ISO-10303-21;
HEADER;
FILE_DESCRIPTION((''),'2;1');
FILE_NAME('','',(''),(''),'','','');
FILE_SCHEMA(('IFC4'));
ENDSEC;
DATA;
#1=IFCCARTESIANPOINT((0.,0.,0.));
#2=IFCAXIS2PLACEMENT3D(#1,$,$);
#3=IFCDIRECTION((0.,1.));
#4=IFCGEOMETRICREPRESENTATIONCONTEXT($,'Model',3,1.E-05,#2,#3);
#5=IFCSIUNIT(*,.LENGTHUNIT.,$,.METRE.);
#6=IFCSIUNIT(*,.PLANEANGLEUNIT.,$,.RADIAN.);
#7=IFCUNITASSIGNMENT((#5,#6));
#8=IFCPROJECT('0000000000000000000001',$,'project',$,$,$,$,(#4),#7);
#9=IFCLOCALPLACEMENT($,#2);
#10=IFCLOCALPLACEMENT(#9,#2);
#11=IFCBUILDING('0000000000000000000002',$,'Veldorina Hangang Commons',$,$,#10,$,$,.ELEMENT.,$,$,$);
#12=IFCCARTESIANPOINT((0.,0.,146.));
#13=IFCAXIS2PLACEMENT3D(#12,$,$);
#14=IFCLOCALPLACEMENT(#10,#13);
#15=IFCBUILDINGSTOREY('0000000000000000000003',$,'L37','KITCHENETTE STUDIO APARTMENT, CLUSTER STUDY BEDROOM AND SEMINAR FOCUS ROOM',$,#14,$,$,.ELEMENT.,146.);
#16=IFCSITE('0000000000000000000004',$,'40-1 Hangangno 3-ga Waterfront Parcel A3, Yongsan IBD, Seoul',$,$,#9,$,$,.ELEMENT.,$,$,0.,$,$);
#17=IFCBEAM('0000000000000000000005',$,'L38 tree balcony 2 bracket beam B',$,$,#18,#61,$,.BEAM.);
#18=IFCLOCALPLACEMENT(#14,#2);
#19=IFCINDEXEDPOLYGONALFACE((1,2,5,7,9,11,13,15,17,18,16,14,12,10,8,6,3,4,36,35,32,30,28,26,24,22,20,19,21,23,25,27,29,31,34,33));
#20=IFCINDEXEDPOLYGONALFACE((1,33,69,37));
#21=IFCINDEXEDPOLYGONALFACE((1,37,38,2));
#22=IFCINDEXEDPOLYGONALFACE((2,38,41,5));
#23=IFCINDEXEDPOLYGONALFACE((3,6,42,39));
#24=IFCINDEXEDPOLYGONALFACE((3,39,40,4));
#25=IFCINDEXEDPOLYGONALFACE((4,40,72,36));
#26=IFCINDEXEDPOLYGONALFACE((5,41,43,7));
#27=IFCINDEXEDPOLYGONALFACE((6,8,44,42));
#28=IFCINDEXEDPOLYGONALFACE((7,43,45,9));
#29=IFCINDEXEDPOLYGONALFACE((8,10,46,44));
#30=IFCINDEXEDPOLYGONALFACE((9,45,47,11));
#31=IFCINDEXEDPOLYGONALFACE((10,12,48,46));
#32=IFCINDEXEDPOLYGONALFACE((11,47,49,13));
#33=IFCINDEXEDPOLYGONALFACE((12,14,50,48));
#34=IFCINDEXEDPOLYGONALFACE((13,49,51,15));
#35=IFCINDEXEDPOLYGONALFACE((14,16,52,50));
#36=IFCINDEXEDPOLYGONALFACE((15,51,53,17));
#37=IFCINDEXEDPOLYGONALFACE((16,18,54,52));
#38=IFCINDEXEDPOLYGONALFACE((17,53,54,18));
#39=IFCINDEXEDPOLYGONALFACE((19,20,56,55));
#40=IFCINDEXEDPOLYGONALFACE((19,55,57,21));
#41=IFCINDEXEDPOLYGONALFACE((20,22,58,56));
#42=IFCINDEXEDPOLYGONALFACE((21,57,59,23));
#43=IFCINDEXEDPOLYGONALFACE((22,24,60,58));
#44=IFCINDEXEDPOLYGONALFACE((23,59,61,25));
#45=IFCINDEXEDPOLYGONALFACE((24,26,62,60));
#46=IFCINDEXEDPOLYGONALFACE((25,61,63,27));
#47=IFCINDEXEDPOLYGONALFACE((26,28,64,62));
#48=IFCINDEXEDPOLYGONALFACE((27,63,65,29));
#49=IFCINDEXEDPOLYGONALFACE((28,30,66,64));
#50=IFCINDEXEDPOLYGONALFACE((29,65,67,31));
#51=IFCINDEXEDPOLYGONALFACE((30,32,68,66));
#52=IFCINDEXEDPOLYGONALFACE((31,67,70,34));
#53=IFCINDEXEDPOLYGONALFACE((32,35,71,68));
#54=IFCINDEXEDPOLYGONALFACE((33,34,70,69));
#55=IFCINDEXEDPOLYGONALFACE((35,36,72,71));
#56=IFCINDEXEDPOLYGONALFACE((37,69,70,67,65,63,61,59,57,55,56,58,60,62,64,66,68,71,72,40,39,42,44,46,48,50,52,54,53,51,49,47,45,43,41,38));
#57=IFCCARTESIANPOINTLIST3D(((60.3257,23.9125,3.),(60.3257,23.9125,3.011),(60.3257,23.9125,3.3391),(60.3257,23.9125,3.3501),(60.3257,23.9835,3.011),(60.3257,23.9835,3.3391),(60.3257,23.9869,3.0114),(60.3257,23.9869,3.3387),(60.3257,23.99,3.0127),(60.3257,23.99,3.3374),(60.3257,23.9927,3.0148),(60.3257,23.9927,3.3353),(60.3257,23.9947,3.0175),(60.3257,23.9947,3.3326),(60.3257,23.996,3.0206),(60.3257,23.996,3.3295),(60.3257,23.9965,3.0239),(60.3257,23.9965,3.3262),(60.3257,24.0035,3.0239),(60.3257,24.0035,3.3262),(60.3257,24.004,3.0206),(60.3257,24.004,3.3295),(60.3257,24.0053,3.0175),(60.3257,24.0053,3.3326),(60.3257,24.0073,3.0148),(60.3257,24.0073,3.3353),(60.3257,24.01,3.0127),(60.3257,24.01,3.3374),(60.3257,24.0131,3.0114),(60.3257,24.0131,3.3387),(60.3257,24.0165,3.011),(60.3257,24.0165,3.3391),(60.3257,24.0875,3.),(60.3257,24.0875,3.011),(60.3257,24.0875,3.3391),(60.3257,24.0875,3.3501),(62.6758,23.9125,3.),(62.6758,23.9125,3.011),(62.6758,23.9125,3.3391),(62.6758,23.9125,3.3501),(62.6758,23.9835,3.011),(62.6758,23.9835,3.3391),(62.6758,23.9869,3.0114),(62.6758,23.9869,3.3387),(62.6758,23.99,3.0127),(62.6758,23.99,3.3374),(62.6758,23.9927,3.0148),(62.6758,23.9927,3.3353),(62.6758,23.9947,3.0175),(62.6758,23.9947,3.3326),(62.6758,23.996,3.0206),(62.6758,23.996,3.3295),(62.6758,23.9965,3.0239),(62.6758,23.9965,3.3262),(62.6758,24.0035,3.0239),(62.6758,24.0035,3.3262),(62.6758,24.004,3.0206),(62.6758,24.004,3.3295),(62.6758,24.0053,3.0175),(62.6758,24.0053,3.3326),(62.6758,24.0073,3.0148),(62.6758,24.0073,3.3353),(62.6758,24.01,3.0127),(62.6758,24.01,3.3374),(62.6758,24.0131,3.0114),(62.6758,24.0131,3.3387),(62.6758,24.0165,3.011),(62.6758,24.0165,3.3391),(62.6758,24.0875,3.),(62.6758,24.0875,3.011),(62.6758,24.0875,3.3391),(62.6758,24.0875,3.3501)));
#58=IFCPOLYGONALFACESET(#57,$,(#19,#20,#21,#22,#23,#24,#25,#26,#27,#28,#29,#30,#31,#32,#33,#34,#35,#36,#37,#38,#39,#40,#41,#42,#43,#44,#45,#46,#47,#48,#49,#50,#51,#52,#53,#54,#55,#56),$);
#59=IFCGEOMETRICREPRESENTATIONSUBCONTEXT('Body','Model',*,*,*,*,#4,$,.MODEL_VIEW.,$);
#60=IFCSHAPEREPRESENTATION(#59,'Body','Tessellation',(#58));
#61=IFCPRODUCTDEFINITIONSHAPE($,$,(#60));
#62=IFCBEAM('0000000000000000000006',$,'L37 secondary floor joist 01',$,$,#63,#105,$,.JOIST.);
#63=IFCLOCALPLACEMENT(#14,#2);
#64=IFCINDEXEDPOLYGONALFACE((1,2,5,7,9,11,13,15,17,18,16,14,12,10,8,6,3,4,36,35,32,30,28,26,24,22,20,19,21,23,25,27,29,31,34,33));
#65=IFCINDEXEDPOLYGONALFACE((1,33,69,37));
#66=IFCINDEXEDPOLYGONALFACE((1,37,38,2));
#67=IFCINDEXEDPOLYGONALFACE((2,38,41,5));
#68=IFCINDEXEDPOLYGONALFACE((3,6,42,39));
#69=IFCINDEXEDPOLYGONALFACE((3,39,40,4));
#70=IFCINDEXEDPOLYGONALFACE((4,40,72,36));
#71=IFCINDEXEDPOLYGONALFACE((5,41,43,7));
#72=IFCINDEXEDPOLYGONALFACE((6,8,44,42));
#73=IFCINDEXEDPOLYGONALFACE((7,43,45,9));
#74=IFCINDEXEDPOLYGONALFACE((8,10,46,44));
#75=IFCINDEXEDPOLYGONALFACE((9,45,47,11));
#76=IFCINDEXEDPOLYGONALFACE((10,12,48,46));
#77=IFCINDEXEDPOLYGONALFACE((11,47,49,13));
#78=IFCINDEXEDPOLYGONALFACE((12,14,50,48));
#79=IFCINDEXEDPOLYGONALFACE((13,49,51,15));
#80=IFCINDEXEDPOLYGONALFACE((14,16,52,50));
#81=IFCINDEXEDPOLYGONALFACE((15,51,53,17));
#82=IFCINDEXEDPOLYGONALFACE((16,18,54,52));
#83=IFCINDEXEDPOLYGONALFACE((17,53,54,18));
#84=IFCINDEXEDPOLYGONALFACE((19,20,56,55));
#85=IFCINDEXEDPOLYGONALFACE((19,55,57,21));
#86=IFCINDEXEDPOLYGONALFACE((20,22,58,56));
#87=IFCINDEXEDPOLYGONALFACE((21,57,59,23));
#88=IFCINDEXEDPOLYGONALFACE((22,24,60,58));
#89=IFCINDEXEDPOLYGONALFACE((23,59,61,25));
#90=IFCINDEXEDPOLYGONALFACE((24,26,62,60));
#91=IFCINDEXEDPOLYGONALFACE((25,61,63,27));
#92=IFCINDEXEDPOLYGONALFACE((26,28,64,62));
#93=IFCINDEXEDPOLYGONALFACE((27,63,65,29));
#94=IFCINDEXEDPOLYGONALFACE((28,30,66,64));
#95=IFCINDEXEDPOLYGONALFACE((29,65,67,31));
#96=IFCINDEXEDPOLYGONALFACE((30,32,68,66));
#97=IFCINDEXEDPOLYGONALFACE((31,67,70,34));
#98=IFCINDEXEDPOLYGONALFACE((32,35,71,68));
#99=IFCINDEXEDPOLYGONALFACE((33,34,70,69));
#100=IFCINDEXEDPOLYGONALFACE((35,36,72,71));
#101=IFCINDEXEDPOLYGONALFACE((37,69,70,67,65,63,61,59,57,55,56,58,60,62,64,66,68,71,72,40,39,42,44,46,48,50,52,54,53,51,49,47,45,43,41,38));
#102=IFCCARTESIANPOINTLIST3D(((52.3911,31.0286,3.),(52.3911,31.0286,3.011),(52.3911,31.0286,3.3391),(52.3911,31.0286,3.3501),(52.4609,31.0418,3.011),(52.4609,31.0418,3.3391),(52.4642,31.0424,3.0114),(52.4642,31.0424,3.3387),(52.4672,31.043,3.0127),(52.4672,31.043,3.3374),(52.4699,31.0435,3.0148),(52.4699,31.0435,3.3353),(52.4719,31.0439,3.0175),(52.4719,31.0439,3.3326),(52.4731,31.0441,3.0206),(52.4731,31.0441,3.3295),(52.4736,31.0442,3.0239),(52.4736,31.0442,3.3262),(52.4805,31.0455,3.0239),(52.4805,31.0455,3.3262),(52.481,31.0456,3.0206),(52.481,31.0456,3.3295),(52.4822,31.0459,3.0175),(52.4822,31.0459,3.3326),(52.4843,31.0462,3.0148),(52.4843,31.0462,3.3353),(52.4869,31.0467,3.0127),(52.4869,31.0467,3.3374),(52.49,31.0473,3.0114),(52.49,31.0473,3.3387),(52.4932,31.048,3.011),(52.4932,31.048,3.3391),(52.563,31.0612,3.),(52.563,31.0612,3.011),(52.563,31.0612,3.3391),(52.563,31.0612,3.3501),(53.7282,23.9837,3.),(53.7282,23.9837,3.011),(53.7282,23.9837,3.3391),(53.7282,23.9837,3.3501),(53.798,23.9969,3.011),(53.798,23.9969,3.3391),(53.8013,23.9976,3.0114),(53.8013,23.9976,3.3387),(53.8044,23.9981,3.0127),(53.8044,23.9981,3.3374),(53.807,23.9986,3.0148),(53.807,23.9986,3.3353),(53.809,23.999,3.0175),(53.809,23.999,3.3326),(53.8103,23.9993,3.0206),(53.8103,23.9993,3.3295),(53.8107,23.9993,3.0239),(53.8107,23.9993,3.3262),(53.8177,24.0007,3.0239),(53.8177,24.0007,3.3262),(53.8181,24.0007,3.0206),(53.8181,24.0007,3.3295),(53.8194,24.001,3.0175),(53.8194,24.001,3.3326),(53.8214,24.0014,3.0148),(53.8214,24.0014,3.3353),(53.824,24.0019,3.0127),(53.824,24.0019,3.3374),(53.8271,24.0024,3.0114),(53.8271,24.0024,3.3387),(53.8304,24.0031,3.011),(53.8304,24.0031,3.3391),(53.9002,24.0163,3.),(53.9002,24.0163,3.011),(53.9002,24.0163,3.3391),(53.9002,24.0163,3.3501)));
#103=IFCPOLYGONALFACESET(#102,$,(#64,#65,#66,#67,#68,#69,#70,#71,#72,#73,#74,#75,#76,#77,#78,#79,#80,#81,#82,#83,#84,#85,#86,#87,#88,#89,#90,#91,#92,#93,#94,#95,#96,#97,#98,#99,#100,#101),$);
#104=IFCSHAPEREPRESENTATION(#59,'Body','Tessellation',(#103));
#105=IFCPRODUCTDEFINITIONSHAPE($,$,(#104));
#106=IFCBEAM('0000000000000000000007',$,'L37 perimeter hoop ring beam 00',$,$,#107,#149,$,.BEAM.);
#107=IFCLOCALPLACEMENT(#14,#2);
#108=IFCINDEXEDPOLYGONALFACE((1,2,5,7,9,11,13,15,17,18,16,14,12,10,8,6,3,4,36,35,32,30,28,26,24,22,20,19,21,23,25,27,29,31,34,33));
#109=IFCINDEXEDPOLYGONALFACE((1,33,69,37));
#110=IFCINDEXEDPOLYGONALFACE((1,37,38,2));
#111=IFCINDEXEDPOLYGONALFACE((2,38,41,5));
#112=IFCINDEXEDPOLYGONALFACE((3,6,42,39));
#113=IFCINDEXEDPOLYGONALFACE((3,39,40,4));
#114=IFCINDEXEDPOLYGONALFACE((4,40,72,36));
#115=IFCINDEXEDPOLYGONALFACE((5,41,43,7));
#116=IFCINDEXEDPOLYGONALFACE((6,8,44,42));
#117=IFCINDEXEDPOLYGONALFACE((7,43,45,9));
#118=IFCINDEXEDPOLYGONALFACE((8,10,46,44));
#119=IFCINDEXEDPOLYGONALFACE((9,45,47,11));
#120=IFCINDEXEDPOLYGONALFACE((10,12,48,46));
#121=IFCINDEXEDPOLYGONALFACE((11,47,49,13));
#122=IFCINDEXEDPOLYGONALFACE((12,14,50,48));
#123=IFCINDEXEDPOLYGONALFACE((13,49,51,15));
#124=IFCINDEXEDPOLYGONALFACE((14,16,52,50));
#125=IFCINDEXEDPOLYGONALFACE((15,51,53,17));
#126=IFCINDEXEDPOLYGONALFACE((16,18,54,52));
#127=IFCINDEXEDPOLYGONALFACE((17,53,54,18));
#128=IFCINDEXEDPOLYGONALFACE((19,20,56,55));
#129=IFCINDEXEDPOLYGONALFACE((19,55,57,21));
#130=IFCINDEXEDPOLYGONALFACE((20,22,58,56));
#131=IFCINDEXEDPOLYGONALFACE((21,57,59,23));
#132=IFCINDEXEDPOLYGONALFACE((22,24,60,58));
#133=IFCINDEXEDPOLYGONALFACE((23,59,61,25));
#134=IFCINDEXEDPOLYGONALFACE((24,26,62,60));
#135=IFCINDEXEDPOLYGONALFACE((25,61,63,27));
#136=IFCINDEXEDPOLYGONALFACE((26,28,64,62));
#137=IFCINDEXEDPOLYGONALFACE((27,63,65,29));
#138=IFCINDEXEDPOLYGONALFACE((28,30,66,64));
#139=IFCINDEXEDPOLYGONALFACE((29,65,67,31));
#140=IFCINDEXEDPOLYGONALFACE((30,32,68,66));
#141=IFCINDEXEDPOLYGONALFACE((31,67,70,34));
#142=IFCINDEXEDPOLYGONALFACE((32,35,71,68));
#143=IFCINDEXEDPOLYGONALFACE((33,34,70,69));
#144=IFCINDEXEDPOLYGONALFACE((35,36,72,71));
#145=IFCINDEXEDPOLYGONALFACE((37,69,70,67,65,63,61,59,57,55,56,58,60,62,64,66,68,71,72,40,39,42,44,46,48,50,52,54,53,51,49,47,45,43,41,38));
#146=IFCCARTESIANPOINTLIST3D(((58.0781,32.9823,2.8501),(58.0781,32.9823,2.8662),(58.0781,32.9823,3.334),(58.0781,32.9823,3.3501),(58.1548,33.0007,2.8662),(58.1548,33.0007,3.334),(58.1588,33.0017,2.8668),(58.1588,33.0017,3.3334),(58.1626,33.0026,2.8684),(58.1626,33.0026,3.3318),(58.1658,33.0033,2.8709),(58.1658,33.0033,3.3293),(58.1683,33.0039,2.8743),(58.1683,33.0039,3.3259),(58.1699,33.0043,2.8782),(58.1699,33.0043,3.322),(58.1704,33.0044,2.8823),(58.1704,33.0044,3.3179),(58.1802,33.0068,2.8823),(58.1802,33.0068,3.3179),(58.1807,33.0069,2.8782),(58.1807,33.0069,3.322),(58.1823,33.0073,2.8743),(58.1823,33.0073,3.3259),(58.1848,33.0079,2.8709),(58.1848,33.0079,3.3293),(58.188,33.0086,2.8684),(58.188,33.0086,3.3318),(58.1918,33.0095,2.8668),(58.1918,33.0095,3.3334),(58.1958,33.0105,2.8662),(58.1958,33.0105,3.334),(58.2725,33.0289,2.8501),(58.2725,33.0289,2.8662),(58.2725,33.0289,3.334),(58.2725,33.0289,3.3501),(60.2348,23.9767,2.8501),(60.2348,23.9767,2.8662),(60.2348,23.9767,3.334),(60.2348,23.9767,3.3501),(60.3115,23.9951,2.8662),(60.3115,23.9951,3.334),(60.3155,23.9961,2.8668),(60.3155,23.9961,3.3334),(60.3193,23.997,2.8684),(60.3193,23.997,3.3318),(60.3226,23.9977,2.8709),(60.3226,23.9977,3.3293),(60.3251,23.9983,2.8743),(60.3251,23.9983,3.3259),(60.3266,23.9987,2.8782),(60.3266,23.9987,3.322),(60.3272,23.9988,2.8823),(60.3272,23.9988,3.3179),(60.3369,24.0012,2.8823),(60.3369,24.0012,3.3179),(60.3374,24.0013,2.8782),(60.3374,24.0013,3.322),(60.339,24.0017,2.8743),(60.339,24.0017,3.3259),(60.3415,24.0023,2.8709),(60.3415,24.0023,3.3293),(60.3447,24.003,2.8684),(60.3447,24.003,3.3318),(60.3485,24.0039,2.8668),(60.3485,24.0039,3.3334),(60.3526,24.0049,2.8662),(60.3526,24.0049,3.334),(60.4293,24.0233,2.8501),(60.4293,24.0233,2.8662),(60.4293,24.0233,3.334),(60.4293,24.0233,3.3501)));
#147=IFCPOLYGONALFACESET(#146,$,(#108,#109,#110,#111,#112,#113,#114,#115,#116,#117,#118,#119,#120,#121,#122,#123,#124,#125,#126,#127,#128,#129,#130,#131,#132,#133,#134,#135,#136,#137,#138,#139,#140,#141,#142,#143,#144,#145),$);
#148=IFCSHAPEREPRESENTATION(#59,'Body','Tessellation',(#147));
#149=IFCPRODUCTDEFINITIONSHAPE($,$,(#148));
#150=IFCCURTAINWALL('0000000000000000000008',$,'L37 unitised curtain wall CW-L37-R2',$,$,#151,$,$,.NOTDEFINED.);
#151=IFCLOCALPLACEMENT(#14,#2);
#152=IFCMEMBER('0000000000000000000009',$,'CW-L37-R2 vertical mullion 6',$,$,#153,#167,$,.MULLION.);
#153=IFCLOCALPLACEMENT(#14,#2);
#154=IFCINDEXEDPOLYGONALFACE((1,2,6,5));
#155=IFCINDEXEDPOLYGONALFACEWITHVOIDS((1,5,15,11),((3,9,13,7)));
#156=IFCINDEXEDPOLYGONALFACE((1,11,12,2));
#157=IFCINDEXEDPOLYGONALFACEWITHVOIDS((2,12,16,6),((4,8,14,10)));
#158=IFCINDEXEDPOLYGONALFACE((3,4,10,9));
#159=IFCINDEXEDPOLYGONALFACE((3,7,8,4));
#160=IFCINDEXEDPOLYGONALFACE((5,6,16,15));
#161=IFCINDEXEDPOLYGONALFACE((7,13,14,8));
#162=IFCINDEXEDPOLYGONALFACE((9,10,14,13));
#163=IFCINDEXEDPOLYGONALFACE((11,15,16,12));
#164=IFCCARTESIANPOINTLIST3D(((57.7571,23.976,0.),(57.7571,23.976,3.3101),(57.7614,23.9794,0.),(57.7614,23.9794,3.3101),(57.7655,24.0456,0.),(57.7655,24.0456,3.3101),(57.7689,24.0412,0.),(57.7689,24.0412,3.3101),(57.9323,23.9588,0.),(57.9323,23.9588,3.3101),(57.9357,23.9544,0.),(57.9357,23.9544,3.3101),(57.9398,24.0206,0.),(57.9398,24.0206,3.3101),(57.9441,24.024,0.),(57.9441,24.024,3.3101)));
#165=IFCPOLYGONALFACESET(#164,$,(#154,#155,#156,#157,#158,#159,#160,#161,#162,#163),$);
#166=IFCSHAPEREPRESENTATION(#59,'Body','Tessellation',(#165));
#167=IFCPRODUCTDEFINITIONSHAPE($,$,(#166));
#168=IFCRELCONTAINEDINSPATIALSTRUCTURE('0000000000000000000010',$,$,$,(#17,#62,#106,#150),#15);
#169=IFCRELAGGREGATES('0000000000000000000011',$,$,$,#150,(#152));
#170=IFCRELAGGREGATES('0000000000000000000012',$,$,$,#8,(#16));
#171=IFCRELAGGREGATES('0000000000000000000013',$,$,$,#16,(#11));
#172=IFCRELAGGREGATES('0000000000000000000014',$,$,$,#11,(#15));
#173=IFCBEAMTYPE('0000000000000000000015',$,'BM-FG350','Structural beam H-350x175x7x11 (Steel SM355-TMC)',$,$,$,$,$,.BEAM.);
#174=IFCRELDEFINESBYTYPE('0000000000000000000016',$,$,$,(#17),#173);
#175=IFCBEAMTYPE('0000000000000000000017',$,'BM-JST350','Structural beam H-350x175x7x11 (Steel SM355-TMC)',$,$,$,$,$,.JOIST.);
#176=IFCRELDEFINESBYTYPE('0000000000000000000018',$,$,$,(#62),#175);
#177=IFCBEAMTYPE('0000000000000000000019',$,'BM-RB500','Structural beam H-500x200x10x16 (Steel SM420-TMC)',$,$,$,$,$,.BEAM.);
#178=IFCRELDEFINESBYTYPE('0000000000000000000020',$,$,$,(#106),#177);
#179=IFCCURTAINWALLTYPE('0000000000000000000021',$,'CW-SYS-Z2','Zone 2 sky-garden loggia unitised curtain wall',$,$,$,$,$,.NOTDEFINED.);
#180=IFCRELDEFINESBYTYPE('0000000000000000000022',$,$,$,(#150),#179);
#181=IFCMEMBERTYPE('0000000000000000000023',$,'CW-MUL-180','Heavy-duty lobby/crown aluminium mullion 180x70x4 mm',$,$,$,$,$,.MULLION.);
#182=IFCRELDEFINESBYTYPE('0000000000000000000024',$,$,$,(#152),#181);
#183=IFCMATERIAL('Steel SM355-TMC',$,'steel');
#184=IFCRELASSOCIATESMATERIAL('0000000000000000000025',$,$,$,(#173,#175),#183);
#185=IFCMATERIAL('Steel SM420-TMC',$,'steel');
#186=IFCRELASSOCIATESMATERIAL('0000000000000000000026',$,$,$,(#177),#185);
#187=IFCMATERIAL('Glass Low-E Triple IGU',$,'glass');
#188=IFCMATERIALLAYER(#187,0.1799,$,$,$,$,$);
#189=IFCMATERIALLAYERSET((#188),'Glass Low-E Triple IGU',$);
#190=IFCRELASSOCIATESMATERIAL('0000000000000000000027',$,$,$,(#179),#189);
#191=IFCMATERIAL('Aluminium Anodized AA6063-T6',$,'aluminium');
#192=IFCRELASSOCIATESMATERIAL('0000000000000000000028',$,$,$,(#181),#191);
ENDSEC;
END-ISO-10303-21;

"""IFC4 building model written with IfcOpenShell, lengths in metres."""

from ifc_helpers import new_model, si_unit, direction, frame, origin, origin_2d, place, context, subcontext, project, spatial, hollow_rectangle, i_section, extrude, material, layer, layer_set, material_profile, profile_set, type_object, element, aggregate, save


model = new_model("IFC4")

# Units and contexts
model_context = context("Model", 3, precision=1e-05, world=origin(), true_north=direction((0.0, 1.0)))
body_context = subcontext(model_context, "Body", "Model", "MODEL_VIEW")
ifc_project = project(units=[si_unit("LENGTHUNIT", "METRE"), si_unit("PLANEANGLEUNIT", "RADIAN")], contexts=[model_context])

# Site, building, storey
site_placement = place(None, origin())
site = spatial("IfcSite", under=ifc_project, at=site_placement, Name="40-1 Hangangno 3-ga Waterfront Parcel A3, Yongsan IBD, Seoul", CompositionType="ELEMENT", RefElevation=0.0)
building_placement = place(site_placement, origin())
building = spatial("IfcBuilding", under=site, at=building_placement, Name="Veldorina Hangang Commons", CompositionType="ELEMENT")
storey_placement = place(building_placement, frame((0.0, 0.0, 146.0)))
storey = spatial("IfcBuildingStorey", under=building, at=storey_placement, Name="L37", Description="KITCHENETTE STUDIO APARTMENT, CLUSTER STUDY BEDROOM AND SEMINAR FOCUS ROOM", CompositionType="ELEMENT", Elevation=146.0)

# Beams
ifc_material_1 = material(Name="Steel SM355-TMC", Category="steel")
ifc_material_profile_1 = material_profile(ifc_material_1, i_section(OverallWidth=0.175, OverallDepth=0.3501, WebThickness=0.0071, FlangeThickness=0.011, FilletRadius=0.0129, at=origin_2d()), Name="H-350x175x7x11")
ifc_profile_set_1 = profile_set([ifc_material_profile_1], Name="Steel SM355-TMC")
beam_type_1 = type_object("IfcBeamType", Name="BM-FG350", Description="Structural beam H-350x175x7x11 (Steel SM355-TMC)", PredefinedType="BEAM", material=ifc_profile_set_1)
beam_1_placement = place(storey_placement, frame((60.3257, 24.0, 3.175), z_axis=(1.0, 0.0, 0.0), x_axis=(0.0, 1.0, 0.0)))
element("IfcBeam", 1, at=beam_1_placement, inside=storey, type_object=beam_type_1, Name="L38 tree balcony 2 bracket beam B", PredefinedType="BEAM", context=body_context, shape_type="SweptSolid", body=[
    extrude(i_section(OverallWidth=0.175, OverallDepth=0.3501, WebThickness=0.0071, FlangeThickness=0.011, FilletRadius=0.0129, at=origin_2d()), origin(), (0.0, 0.0, 1.0), 2.3501),
])
ifc_material_profile_2 = material_profile(ifc_material_1, i_section(OverallWidth=0.175, OverallDepth=0.3501, WebThickness=0.0071, FlangeThickness=0.011, FilletRadius=0.0129, at=origin_2d()), Name="H-350x175x7x11")
ifc_profile_set_2 = profile_set([ifc_material_profile_2], Name="Steel SM355-TMC")
beam_type_2 = type_object("IfcBeamType", Name="BM-JST350", Description="Structural beam H-350x175x7x11 (Steel SM355-TMC)", PredefinedType="JOIST", material=ifc_profile_set_2)
beam_2_placement = place(storey_placement, frame((53.8142, 24.0, 3.175), z_axis=(-0.186475, 0.98246, 0.0), x_axis=(-0.98246, -0.186475, 0.0)))
element("IfcBeam", 2, at=beam_2_placement, inside=storey, type_object=beam_type_2, Name="L37 secondary floor joist 01", PredefinedType="JOIST", context=body_context, shape_type="SweptSolid", body=[
    extrude(i_section(OverallWidth=0.175, OverallDepth=0.3501, WebThickness=0.0071, FlangeThickness=0.011, FilletRadius=0.0129, at=origin_2d()), origin(), (0.0, 0.0, 1.0), 7.1707),
])
ifc_material_2 = material(Name="Steel SM420-TMC", Category="steel")
ifc_material_profile_3 = material_profile(ifc_material_2, i_section(OverallWidth=0.2, OverallDepth=0.5, WebThickness=0.01, FlangeThickness=0.0161, FilletRadius=0.0161, at=origin_2d()), Name="H-500x200x10x16")
ifc_profile_set_3 = profile_set([ifc_material_profile_3], Name="Steel SM420-TMC")
beam_type_3 = type_object("IfcBeamType", Name="BM-RB500", Description="Structural beam H-500x200x10x16 (Steel SM420-TMC)", PredefinedType="BEAM", material=ifc_profile_set_3)
beam_3_placement = place(storey_placement, frame((60.332, 24.0, 3.1001), z_axis=(-0.232902, 0.9725, 0.0), x_axis=(-0.9725, -0.232902, 0.0)))
element("IfcBeam", 3, at=beam_3_placement, inside=storey, type_object=beam_type_3, Name="L37 perimeter hoop ring beam 00", PredefinedType="BEAM", context=body_context, shape_type="SweptSolid", body=[
    extrude(i_section(OverallWidth=0.2, OverallDepth=0.5, WebThickness=0.01, FlangeThickness=0.0161, FilletRadius=0.0161, at=origin_2d()), origin(), (0.0, 0.0, 1.0), 9.2603),
])

# Curtain wall, member
ifc_material_3 = material(Name="Glass Low-E Triple IGU", Category="glass")
ifc_layer_1 = layer(ifc_material_3, 0.1799)
ifc_layer_set_1 = layer_set([ifc_layer_1], Name="Glass Low-E Triple IGU")
curtain_wall_type = type_object("IfcCurtainWallType", Name="CW-SYS-Z2", Description="Zone 2 sky-garden loggia unitised curtain wall", PredefinedType="NOTDEFINED", material=ifc_layer_set_1)
curtain_wall_placement = place(storey_placement, origin())
curtain_wall = element("IfcCurtainWall", 4, at=curtain_wall_placement, inside=storey, type_object=curtain_wall_type, Name="L37 unitised curtain wall CW-L37-R2", PredefinedType="NOTDEFINED")
ifc_material_4 = material(Name="Aluminium Anodized AA6063-T6", Category="aluminium")
ifc_material_profile_4 = material_profile(ifc_material_4, hollow_rectangle(XDim=0.0701, YDim=0.1799, WallThickness=0.0039, at=origin_2d()), Name="ALU-RHS-180x70x4")
ifc_profile_set_4 = profile_set([ifc_material_profile_4], Name="Aluminium Anodized AA6063-T6")
member_type_1 = type_object("IfcMemberType", Name="CW-MUL-180", Description="Heavy-duty lobby/crown aluminium mullion 180x70x4 mm", PredefinedType="MULLION", material=ifc_profile_set_4)
member_1_placement = place(storey_placement, frame((57.8506, 24.0, 0.0), z_axis=(0.0, 0.0, 1.0), x_axis=(-0.120137, -0.992757, 0.0)))
member_1 = element("IfcMember", 5, at=member_1_placement, type_object=member_type_1, Name="CW-L37-R2 vertical mullion 6", PredefinedType="MULLION", context=body_context, shape_type="SweptSolid", body=[
    extrude(hollow_rectangle(XDim=0.0701, YDim=0.1799, WallThickness=0.0039, at=origin_2d()), origin(), (0.0, 0.0, 1.0), 3.3101),
])

aggregate(curtain_wall, [member_1])

save(model, "model.ifc")
